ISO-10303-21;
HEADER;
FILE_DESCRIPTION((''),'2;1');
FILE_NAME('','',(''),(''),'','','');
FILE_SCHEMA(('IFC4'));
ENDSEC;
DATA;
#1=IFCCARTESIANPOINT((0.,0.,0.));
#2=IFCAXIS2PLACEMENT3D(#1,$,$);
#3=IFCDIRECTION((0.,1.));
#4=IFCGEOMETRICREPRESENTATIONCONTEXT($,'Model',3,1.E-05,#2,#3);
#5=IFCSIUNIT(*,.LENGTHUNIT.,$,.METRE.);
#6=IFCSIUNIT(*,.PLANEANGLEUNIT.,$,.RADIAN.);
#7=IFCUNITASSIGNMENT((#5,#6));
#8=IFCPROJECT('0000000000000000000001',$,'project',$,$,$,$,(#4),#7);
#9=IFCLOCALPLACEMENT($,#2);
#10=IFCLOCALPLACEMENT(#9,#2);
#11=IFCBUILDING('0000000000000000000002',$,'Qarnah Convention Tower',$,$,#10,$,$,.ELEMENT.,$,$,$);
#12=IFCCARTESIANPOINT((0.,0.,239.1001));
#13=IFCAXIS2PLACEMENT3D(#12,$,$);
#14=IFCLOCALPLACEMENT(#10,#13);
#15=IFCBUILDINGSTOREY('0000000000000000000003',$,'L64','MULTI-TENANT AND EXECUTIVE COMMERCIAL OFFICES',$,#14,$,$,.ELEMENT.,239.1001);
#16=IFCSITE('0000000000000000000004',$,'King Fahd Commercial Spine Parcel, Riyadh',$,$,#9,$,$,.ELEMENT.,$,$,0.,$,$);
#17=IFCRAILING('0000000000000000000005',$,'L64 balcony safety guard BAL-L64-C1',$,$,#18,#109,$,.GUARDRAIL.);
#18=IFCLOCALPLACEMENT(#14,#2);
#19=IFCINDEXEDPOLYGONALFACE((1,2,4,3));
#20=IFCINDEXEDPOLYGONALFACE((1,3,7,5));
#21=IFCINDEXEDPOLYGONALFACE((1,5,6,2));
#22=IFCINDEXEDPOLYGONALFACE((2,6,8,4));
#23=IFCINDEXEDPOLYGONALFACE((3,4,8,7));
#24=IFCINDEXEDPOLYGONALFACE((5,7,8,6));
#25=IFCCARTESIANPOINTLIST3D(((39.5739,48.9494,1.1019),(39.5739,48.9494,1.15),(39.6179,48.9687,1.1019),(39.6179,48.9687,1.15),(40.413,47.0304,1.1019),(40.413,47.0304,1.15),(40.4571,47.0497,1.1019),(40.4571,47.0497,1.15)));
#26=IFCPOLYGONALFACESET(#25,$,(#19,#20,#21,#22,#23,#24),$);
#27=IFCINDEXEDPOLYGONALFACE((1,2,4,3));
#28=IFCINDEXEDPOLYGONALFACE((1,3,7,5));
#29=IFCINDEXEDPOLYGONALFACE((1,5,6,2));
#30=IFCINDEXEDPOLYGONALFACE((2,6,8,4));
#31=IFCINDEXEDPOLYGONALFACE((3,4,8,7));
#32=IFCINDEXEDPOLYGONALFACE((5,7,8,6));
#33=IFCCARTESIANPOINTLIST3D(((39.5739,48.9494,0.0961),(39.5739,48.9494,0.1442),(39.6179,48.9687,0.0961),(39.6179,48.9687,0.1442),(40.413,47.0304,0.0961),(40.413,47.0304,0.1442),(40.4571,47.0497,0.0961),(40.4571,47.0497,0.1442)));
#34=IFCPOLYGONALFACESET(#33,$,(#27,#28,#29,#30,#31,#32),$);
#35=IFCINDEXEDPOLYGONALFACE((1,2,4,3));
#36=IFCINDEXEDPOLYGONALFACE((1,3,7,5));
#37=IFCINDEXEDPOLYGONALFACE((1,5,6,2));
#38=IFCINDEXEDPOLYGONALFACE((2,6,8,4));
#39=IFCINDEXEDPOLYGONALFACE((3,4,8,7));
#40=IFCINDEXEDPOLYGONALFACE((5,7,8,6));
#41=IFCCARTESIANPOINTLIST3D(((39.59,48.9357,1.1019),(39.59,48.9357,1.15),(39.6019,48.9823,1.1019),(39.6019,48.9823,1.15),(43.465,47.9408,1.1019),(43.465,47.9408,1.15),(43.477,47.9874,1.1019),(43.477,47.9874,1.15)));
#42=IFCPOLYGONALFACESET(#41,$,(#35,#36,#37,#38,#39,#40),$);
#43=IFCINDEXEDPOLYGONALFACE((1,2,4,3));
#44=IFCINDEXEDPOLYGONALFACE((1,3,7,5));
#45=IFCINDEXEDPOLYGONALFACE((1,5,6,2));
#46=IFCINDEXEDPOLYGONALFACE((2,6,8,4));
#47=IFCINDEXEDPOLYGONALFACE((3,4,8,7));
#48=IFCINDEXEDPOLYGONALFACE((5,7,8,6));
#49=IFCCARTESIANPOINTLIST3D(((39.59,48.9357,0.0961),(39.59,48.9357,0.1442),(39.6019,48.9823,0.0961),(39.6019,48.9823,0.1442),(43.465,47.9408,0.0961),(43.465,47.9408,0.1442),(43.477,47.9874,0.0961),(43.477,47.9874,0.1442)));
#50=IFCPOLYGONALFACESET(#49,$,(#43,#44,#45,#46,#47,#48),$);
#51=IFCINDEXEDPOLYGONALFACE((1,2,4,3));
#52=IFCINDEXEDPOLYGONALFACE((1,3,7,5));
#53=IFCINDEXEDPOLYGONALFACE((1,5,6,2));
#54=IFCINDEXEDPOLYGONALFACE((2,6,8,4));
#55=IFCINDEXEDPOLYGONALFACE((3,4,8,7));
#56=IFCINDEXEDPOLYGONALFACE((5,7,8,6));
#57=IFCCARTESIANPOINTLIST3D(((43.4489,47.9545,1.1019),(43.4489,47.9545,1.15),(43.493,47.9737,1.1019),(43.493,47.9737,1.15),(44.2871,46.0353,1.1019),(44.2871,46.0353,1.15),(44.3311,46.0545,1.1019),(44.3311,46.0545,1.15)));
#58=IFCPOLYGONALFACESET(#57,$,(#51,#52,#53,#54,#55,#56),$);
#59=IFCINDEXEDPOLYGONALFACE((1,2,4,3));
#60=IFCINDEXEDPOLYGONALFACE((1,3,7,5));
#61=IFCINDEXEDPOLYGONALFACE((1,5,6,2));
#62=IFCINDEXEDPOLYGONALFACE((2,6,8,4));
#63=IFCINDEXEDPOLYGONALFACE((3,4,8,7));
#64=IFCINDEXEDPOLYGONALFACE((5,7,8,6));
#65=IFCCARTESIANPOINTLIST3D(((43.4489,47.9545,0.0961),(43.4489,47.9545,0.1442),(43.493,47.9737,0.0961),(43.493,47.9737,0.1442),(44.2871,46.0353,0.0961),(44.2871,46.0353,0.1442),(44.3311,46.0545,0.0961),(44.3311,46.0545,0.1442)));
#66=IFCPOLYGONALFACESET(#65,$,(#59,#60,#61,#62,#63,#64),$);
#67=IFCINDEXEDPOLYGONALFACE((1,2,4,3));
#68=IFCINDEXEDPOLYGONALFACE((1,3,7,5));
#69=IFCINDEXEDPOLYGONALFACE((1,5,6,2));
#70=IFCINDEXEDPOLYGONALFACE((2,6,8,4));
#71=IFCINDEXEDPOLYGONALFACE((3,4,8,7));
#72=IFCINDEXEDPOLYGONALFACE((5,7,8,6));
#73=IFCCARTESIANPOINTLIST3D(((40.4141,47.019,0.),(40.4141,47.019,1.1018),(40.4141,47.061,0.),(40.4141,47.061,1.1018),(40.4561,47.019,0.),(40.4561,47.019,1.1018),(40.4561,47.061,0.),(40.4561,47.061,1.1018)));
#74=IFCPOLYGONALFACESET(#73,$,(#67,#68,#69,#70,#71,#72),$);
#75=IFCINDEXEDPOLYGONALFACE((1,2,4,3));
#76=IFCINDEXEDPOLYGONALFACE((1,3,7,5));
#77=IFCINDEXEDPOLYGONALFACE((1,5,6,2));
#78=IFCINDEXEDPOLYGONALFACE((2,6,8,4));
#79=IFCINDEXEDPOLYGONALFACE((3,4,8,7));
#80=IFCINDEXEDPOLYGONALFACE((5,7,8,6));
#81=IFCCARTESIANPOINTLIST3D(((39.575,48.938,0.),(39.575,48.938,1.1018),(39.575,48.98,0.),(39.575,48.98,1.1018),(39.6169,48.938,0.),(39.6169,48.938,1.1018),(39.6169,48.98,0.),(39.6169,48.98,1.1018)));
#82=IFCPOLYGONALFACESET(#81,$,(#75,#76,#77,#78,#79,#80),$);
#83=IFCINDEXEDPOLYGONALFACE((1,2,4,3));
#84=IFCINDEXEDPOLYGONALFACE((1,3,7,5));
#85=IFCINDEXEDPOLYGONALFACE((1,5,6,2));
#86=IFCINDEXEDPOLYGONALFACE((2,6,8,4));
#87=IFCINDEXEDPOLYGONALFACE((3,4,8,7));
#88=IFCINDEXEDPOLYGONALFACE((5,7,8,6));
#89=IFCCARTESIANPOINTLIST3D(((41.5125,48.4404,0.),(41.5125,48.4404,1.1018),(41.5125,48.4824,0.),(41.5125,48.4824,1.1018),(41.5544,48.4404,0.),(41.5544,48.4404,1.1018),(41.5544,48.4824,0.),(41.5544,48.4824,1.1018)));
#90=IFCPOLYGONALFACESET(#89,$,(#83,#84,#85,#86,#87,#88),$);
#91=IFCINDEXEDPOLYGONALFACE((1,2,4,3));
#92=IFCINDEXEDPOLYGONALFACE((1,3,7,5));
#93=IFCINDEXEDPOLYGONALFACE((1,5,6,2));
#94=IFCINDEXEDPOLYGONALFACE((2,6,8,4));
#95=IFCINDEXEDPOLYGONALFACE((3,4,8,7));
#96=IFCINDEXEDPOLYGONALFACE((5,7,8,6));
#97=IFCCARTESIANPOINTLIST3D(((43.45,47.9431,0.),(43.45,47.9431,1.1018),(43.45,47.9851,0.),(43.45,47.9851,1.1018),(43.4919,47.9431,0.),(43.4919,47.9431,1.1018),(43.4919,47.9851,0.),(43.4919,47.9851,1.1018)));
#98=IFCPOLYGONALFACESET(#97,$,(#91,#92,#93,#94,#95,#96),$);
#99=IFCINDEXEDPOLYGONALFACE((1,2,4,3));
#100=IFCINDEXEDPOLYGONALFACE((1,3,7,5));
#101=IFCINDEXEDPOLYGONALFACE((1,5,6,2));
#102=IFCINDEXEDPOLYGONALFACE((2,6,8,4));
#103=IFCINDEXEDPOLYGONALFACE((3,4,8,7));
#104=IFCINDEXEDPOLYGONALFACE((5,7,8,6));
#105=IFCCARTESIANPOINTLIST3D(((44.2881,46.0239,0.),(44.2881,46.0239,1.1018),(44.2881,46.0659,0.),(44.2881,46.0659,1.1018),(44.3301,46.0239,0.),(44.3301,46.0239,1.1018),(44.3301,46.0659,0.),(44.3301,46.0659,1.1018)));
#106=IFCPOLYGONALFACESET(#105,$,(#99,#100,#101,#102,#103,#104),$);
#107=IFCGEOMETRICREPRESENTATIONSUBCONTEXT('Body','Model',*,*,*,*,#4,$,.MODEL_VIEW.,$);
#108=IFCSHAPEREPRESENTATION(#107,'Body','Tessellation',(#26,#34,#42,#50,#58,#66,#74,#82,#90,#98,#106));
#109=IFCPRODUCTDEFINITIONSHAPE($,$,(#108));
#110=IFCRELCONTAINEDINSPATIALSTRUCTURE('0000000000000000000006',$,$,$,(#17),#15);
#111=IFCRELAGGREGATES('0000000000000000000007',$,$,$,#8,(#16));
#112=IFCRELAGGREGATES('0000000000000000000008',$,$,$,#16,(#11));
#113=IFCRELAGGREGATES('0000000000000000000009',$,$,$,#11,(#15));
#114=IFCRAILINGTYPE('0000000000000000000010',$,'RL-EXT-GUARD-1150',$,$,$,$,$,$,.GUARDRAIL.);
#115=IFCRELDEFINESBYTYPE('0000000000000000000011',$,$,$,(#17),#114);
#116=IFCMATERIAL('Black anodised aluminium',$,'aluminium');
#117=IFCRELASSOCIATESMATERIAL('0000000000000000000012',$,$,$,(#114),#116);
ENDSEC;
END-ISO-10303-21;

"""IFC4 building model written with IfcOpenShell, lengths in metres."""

from ifc_helpers import new_model, si_unit, direction, frame, origin, origin_2d, place, context, subcontext, project, spatial, rectangle, extrude, material, type_object, element, save


model = new_model("IFC4")

# Units and contexts
model_context = context("Model", 3, precision=1e-05, world=origin(), true_north=direction((0.0, 1.0)))
body_context = subcontext(model_context, "Body", "Model", "MODEL_VIEW")
ifc_project = project(units=[si_unit("LENGTHUNIT", "METRE"), si_unit("PLANEANGLEUNIT", "RADIAN")], contexts=[model_context])

# Site, building, storey
site_placement = place(None, origin())
site = spatial("IfcSite", under=ifc_project, at=site_placement, Name="King Fahd Commercial Spine Parcel, Riyadh", CompositionType="ELEMENT", RefElevation=0.0)
building_placement = place(site_placement, origin())
building = spatial("IfcBuilding", under=site, at=building_placement, Name="Qarnah Convention Tower", CompositionType="ELEMENT")
storey_placement = place(building_placement, frame((0.0, 0.0, 239.1001)))
storey = spatial("IfcBuildingStorey", under=building, at=storey_placement, Name="L64", Description="MULTI-TENANT AND EXECUTIVE COMMERCIAL OFFICES", CompositionType="ELEMENT", Elevation=239.1001)

# Shared definitions
ifc_material_1 = material(Name="Black anodised aluminium", Category="aluminium")

# Railing
railing_type = type_object("IfcRailingType", Name="RL-EXT-GUARD-1150", PredefinedType="GUARDRAIL", material=ifc_material_1)
railing_1_placement = place(storey_placement, frame((40.4351, 47.04, 0.0)))
element("IfcRailing", 1, at=railing_1_placement, inside=storey, type_object=railing_type, Name="L64 balcony safety guard BAL-L64-C1", PredefinedType="GUARDRAIL", context=body_context, shape_type="SweptSolid", body=[
    extrude(rectangle(XDim=0.0481, YDim=0.0481, at=origin_2d()), frame((0.0, 0.0, 1.126), z_axis=(-0.400648, 0.916232, 0.0), x_axis=(-0.916232, -0.400648, 0.0)), (0.0, 0.0, 1.0), 2.0945),
    extrude(rectangle(XDim=0.0481, YDim=0.0481, at=origin_2d()), frame((0.0, 0.0, 0.1201), z_axis=(-0.400648, 0.916232, 0.0), x_axis=(-0.916232, -0.400648, 0.0)), (0.0, 0.0, 1.0), 2.0945),
    extrude(rectangle(XDim=0.0481, YDim=0.0481, at=origin_2d()), frame((-0.8391, 1.9189, 1.126), z_axis=(0.968587, -0.248676, 0.0), x_axis=(0.248676, 0.968587, 0.0)), (0.0, 0.0, 1.0), 4.0007),
    extrude(rectangle(XDim=0.0481, YDim=0.0481, at=origin_2d()), frame((-0.8391, 1.9189, 0.1201), z_axis=(0.968587, -0.248676, 0.0), x_axis=(0.248676, 0.968587, 0.0)), (0.0, 0.0, 1.0), 4.0007),
    extrude(rectangle(XDim=0.0481, YDim=0.0481, at=origin_2d()), frame((3.0359, 0.9241, 1.126), z_axis=(0.400213, -0.916422, 0.0), x_axis=(0.916422, 0.400213, 0.0)), (0.0, 0.0, 1.0), 2.0942),
    extrude(rectangle(XDim=0.0481, YDim=0.0481, at=origin_2d()), frame((3.0359, 0.9241, 0.1201), z_axis=(0.400213, -0.916422, 0.0), x_axis=(0.916422, 0.400213, 0.0)), (0.0, 0.0, 1.0), 2.0942),
    extrude(rectangle(XDim=0.042, YDim=0.042, at=origin_2d()), origin(), (0.0, 0.0, 1.0), 1.1018),
    extrude(rectangle(XDim=0.042, YDim=0.042, at=origin_2d()), frame((-0.8391, 1.9189, 0.0)), (0.0, 0.0, 1.0), 1.1018),
    extrude(rectangle(XDim=0.042, YDim=0.042, at=origin_2d()), frame((1.0984, 1.4214, 0.0)), (0.0, 0.0, 1.0), 1.1018),
    extrude(rectangle(XDim=0.042, YDim=0.042, at=origin_2d()), frame((3.0359, 0.9241, 0.0)), (0.0, 0.0, 1.0), 1.1018),
    extrude(rectangle(XDim=0.042, YDim=0.042, at=origin_2d()), frame((3.874, -0.9951, 0.0)), (0.0, 0.0, 1.0), 1.1018),
])

save(model, "model.ifc")
